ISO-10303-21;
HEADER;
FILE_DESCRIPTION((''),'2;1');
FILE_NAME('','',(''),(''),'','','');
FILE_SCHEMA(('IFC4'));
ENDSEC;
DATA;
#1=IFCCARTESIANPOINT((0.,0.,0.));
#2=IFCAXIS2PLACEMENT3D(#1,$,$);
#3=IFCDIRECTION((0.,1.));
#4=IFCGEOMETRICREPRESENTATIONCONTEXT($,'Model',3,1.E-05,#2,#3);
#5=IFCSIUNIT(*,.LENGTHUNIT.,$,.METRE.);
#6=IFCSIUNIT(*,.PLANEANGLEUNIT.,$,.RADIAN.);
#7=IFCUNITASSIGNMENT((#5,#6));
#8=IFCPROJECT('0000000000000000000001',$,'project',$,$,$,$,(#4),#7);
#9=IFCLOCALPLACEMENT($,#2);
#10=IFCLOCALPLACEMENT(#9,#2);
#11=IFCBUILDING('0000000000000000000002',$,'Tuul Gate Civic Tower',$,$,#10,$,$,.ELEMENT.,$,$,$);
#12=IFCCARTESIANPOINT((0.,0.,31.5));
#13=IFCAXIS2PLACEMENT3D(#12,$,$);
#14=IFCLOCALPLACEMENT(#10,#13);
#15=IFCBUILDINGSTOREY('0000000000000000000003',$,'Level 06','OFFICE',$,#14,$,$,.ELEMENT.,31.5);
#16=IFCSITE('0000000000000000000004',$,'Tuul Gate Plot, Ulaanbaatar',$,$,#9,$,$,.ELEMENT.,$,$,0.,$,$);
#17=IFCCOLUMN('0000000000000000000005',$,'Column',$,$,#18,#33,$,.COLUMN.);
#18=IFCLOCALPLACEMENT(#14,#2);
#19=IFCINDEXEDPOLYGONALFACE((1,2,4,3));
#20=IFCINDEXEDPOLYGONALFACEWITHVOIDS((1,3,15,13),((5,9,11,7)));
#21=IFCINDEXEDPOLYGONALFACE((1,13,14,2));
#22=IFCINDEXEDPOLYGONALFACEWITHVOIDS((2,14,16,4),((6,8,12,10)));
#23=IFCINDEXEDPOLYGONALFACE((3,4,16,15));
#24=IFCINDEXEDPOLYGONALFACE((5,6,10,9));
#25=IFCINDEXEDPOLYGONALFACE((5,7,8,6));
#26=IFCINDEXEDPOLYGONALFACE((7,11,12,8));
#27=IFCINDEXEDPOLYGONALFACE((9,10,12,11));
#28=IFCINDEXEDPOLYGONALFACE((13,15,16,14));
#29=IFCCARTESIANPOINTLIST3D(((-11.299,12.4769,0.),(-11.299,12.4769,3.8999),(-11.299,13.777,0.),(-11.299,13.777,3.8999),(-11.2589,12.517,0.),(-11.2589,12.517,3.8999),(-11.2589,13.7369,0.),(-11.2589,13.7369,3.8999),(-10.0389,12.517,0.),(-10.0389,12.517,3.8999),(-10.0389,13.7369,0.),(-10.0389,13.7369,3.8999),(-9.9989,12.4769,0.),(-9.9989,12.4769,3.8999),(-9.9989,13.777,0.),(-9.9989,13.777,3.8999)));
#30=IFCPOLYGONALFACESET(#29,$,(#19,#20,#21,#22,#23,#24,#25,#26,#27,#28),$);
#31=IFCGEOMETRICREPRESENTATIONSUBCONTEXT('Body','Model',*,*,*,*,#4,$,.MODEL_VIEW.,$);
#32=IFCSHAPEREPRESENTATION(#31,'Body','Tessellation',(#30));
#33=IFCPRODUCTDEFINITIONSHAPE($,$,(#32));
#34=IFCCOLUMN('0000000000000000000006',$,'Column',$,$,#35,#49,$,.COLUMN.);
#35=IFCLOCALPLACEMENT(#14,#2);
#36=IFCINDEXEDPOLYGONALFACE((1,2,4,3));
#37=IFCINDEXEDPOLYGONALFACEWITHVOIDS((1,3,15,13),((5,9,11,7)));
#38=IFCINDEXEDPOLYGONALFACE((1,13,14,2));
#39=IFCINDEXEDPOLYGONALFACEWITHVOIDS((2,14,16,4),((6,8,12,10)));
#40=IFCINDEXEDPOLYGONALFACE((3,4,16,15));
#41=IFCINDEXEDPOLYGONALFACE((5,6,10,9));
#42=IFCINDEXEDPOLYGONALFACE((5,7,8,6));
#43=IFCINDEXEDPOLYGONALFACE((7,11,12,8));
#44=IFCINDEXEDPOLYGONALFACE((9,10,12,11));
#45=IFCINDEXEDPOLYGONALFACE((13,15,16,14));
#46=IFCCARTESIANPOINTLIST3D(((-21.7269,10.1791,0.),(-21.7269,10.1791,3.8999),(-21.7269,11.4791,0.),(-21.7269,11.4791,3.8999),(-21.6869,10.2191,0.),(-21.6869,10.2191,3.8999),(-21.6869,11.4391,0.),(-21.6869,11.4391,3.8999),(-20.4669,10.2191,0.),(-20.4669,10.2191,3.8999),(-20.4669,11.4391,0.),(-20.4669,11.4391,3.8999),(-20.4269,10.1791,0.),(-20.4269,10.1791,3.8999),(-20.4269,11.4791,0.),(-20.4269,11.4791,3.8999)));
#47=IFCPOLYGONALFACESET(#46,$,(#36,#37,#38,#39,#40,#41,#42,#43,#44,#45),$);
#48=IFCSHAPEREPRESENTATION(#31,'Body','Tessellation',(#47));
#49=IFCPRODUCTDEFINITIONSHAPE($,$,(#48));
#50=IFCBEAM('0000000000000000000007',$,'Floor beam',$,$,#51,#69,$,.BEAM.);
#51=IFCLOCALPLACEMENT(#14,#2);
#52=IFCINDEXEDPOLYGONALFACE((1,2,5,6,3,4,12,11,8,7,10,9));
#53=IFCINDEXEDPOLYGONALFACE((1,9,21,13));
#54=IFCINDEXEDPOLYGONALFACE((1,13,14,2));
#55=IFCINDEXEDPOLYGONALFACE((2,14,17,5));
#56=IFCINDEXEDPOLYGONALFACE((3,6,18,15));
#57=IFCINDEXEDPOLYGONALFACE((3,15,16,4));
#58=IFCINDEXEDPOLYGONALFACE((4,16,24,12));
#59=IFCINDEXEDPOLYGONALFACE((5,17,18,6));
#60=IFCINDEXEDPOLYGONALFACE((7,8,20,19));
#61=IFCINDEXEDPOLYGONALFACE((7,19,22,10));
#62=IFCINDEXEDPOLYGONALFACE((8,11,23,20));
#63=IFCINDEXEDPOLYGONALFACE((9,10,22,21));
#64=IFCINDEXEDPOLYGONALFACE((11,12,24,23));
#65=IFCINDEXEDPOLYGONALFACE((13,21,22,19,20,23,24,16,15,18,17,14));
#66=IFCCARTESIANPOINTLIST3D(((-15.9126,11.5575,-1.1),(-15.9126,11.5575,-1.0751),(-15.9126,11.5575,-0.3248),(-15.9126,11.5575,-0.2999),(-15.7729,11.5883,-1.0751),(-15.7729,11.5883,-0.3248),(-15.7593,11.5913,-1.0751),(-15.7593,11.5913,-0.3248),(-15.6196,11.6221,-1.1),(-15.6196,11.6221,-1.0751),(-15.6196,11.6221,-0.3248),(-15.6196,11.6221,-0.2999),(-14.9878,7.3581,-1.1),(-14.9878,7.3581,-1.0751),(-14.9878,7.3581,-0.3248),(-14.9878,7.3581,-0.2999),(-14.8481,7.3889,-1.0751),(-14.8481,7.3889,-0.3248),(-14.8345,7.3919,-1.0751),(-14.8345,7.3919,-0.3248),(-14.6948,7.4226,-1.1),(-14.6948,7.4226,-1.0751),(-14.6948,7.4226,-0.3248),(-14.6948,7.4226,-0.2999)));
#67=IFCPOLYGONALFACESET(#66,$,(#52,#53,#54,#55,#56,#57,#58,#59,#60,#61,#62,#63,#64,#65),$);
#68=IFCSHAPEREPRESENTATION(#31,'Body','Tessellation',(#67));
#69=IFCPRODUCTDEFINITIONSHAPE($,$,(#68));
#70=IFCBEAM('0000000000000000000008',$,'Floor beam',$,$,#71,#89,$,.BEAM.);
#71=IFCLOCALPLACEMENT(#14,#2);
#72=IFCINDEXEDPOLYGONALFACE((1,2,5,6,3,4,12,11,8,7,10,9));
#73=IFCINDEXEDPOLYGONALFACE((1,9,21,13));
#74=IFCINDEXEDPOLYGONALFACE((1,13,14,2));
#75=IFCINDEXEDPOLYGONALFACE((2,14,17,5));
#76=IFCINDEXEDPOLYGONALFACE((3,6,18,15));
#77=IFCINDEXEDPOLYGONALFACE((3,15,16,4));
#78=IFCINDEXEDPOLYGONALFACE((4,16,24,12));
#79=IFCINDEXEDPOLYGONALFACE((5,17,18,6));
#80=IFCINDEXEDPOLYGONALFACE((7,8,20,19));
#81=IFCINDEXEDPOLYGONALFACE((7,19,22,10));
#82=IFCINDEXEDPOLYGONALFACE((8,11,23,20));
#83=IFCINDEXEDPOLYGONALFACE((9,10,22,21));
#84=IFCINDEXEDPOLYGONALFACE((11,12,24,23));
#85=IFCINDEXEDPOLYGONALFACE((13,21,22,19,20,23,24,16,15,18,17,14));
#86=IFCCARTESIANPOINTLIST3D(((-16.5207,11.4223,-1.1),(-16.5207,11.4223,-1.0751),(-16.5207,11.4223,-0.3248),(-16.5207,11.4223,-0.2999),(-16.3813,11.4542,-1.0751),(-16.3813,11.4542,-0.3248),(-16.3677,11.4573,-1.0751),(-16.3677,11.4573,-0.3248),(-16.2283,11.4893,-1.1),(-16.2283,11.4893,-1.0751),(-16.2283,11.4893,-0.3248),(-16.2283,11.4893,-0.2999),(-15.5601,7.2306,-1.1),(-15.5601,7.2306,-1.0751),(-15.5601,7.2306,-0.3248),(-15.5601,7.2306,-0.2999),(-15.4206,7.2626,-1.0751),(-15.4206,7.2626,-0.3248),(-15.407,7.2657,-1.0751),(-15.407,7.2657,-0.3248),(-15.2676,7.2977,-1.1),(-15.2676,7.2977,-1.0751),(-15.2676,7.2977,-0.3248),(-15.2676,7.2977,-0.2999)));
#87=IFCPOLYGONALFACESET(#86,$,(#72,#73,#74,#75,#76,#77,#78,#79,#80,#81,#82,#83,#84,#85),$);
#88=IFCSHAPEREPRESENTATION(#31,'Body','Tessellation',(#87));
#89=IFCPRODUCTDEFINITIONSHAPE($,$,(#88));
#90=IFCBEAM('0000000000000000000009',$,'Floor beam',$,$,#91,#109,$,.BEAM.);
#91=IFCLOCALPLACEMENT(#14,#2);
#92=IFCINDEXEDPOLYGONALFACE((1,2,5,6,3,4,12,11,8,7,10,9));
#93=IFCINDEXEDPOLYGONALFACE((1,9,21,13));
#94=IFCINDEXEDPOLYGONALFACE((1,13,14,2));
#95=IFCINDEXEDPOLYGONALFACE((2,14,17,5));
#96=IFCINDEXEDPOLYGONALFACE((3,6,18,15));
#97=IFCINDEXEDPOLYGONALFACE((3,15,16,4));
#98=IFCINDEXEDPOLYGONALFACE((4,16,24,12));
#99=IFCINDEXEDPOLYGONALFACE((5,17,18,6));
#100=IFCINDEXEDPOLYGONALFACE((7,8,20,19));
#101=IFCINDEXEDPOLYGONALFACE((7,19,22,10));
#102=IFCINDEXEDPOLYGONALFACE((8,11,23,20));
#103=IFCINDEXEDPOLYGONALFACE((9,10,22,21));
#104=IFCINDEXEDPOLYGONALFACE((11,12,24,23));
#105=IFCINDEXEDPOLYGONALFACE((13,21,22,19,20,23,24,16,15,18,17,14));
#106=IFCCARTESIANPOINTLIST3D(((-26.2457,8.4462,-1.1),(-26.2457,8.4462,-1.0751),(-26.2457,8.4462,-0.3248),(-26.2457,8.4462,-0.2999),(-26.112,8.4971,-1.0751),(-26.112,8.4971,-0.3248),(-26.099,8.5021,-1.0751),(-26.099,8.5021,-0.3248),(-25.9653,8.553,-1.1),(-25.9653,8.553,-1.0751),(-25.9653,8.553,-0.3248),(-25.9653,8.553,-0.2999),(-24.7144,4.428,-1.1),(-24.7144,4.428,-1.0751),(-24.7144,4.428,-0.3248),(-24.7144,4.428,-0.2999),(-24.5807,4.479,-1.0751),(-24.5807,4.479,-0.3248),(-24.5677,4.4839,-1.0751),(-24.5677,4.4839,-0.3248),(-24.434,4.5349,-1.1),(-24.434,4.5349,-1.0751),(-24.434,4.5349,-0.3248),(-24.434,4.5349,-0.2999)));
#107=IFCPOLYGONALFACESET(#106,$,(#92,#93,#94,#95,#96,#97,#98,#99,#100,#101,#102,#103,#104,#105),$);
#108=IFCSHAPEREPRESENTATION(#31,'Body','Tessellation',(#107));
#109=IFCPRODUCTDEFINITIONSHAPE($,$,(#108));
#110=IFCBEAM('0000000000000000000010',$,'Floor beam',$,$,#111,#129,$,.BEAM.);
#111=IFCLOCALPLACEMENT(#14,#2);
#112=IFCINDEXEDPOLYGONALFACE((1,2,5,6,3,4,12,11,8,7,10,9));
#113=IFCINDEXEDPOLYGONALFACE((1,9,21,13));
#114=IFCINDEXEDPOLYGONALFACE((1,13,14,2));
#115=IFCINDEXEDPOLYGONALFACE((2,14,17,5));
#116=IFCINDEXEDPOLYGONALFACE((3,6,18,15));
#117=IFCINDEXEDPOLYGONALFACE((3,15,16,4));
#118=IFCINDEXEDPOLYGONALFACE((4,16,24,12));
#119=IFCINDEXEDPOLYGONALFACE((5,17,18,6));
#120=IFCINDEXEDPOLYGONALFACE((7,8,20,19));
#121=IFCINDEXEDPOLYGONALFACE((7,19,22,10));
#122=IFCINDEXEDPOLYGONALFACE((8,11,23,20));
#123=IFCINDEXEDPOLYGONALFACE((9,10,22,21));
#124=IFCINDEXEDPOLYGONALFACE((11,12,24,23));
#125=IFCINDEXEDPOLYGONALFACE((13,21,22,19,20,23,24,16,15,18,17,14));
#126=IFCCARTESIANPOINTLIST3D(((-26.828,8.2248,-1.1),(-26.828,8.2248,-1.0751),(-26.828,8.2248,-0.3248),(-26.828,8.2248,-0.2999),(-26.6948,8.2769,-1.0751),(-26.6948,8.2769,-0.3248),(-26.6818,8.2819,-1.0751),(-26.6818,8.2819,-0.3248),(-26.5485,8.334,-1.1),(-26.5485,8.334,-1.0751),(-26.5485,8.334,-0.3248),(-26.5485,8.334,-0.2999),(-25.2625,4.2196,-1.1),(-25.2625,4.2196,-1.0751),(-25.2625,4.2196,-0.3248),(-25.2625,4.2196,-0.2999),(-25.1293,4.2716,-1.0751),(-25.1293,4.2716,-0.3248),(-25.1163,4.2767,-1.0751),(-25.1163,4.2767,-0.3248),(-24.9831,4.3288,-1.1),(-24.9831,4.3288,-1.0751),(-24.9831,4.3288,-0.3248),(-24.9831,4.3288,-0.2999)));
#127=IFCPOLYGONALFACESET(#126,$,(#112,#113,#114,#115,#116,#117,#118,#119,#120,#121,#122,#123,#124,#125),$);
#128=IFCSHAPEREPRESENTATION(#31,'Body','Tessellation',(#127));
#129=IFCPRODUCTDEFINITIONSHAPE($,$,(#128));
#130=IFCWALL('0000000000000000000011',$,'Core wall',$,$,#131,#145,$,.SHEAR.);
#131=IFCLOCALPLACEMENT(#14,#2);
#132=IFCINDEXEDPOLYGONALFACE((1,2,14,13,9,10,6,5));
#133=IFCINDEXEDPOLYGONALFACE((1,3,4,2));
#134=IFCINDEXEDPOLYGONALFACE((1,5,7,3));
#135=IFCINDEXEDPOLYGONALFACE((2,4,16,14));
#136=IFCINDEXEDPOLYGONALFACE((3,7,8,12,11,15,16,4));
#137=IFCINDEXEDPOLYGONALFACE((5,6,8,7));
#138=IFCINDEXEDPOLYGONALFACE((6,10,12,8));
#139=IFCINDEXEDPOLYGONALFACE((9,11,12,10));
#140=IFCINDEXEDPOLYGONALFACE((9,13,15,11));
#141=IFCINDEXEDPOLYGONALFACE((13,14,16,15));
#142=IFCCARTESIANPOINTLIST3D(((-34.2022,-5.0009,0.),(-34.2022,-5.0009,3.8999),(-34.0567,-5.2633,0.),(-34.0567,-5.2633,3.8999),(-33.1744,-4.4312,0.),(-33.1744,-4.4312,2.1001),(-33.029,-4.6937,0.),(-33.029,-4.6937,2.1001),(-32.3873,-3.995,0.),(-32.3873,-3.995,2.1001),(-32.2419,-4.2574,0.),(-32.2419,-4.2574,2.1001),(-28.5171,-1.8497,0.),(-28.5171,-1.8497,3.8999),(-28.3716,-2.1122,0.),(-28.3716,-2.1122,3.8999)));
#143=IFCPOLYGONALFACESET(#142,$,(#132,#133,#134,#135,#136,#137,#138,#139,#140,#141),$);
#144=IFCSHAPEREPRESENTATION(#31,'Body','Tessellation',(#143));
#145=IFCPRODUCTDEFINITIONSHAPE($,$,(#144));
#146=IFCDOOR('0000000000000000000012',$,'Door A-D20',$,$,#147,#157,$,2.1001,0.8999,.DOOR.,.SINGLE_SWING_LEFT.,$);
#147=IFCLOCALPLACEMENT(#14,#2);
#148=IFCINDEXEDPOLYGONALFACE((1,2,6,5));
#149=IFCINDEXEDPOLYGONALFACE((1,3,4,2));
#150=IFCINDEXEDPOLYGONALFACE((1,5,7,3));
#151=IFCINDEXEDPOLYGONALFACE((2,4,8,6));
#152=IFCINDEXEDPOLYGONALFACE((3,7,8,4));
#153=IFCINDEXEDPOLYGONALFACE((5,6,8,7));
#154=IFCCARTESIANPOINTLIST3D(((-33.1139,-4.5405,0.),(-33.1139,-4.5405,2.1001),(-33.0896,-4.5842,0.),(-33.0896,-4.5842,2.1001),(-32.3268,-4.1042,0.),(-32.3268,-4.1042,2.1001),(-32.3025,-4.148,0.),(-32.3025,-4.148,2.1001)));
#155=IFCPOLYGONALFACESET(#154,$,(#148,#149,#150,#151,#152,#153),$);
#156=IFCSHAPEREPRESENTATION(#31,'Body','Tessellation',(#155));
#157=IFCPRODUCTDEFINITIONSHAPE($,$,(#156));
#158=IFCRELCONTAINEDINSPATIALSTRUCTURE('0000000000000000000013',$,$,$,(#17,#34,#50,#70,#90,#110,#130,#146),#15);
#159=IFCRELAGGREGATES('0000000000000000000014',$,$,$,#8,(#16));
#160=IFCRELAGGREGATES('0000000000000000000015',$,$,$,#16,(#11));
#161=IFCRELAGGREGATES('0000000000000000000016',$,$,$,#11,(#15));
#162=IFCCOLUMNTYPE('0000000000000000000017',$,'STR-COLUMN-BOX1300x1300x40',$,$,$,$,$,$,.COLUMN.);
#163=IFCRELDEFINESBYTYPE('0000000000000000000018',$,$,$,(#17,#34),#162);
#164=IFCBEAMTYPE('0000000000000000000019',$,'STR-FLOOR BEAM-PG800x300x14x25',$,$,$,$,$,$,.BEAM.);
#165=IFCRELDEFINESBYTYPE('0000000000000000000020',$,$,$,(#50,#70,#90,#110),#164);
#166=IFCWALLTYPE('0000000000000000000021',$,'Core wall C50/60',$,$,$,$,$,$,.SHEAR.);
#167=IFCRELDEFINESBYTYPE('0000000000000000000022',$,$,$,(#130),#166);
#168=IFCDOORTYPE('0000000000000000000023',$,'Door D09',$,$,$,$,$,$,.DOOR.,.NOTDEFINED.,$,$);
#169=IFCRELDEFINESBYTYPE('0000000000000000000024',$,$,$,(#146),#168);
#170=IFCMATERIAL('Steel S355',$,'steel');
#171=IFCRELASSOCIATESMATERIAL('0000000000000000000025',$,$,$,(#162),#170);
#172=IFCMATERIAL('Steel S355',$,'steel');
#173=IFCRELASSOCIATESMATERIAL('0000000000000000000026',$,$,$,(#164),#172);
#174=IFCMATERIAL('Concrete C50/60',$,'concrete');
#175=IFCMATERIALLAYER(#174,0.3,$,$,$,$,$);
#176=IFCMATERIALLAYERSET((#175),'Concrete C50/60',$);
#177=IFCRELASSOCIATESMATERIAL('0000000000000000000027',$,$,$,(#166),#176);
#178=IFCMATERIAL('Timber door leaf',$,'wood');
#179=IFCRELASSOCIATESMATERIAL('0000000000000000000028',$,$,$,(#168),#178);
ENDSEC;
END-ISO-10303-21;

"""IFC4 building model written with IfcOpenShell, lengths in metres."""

from ifc_helpers import new_model, si_unit, direction, frame, frame_2d, origin, origin_2d, place, context, subcontext, project, spatial, rectangle, hollow_rectangle, i_section, extrude, material, layer, layer_set, material_profile, profile_set, type_object, element, fill, save


model = new_model("IFC4")

# Units and contexts
model_context = context("Model", 3, precision=1e-05, world=origin(), true_north=direction((0.0, 1.0)))
body_context = subcontext(model_context, "Body", "Model", "MODEL_VIEW")
ifc_project = project(units=[si_unit("LENGTHUNIT", "METRE"), si_unit("PLANEANGLEUNIT", "RADIAN")], contexts=[model_context])

# Site, building, storey
site_placement = place(None, origin())
site = spatial("IfcSite", under=ifc_project, at=site_placement, Name="Tuul Gate Plot, Ulaanbaatar", CompositionType="ELEMENT", RefElevation=0.0)
building_placement = place(site_placement, origin())
building = spatial("IfcBuilding", under=site, at=building_placement, Name="Tuul Gate Civic Tower", CompositionType="ELEMENT")
storey_placement = place(building_placement, frame((0.0, 0.0, 31.5)))
storey = spatial("IfcBuildingStorey", under=building, at=storey_placement, Name="Level 06", Description="OFFICE", CompositionType="ELEMENT", Elevation=31.5)

# Columns
ifc_material_1 = material(Name="Steel S355", Category="steel")
ifc_material_profile_1 = material_profile(ifc_material_1, hollow_rectangle(XDim=1.3, YDim=1.3, WallThickness=0.04, at=origin_2d()), Name="BOX1300x1300x40")
ifc_profile_set_1 = profile_set([ifc_material_profile_1], Name="Steel S355")
column_type = type_object("IfcColumnType", Name="STR-COLUMN-BOX1300x1300x40", PredefinedType="COLUMN", material=ifc_profile_set_1)
for number, where, z_axis, x_axis, name in (
    (1, (-10.6489, 13.127, 0.0), (0.0, 0.0, 1.0), (1.0, 0.0, 0.0), "Column"),
    (2, (-21.0769, 10.8291, 0.0), (0.0, 0.0, 1.0), (1.0, 0.0, 0.0), "Column"),
):
    element("IfcColumn", number, at=place(storey_placement, frame(where, z_axis=z_axis, x_axis=x_axis)), inside=storey, type_object=column_type, Name=name, PredefinedType="COLUMN", context=body_context, shape_type="SweptSolid", body=[
        extrude(hollow_rectangle(XDim=1.3, YDim=1.3, WallThickness=0.04, at=origin_2d()), origin(), (0.0, 0.0, 1.0), 3.8999),
    ])

# Beams
ifc_material_2 = material(Name="Steel S355", Category="steel")
ifc_material_profile_2 = material_profile(ifc_material_2, i_section(OverallWidth=0.3, OverallDepth=0.8, WebThickness=0.0139, FlangeThickness=0.0249, at=origin_2d()), Name="PG800x300x14x25")
ifc_profile_set_2 = profile_set([ifc_material_profile_2], Name="Steel S355")
beam_type = type_object("IfcBeamType", Name="STR-FLOOR BEAM-PG800x300x14x25", PredefinedType="BEAM", material=ifc_profile_set_2)
beam_1_placement = place(storey_placement, frame((-14.8413, 7.3904, -0.7), z_axis=(-0.215066, 0.976599, 0.0), x_axis=(-0.976599, -0.215066, 0.0)))
element("IfcBeam", 3, at=beam_1_placement, inside=storey, type_object=beam_type, Name="Floor beam", PredefinedType="BEAM", context=body_context, shape_type="SweptSolid", body=[
    extrude(i_section(OverallWidth=0.3, OverallDepth=0.8, WebThickness=0.0139, FlangeThickness=0.0249, at=origin_2d()), origin(), (0.0, 0.0, 1.0), 4.3),
])
beam_2_placement = place(storey_placement, frame((-15.4138, 7.2642, -0.7), z_axis=(-0.2234, 0.974727, 0.0), x_axis=(-0.974727, -0.2234, 0.0)))
element("IfcBeam", 4, at=beam_2_placement, inside=storey, type_object=beam_type, Name="Floor beam", PredefinedType="BEAM", context=body_context, shape_type="SweptSolid", body=[
    extrude(i_section(OverallWidth=0.3, OverallDepth=0.8, WebThickness=0.0139, FlangeThickness=0.0249, at=origin_2d()), origin(), (0.0, 0.0, 1.0), 4.3003),
])
beam_3_placement = place(storey_placement, frame((-24.5742, 4.4814, -0.7), z_axis=(-0.356109, 0.934445, 0.0), x_axis=(-0.934445, -0.356109, 0.0)))
element("IfcBeam", 5, at=beam_3_placement, inside=storey, type_object=beam_type, Name="Floor beam", PredefinedType="BEAM", context=body_context, shape_type="SweptSolid", body=[
    extrude(i_section(OverallWidth=0.3, OverallDepth=0.8, WebThickness=0.0139, FlangeThickness=0.0249, at=origin_2d()), origin(), (0.0, 0.0, 1.0), 4.3),
])
beam_4_placement = place(storey_placement, frame((-25.1228, 4.2742, -0.7), z_axis=(-0.364038, 0.931384, 0.0), x_axis=(-0.931384, -0.364038, 0.0)))
element("IfcBeam", 6, at=beam_4_placement, inside=storey, type_object=beam_type, Name="Floor beam", PredefinedType="BEAM", context=body_context, shape_type="SweptSolid", body=[
    extrude(i_section(OverallWidth=0.3, OverallDepth=0.8, WebThickness=0.0139, FlangeThickness=0.0249, at=origin_2d()), origin(), (0.0, 0.0, 1.0), 4.3003),
])

# Wall, opening, door
ifc_material_3 = material(Name="Concrete C50/60", Category="concrete")
ifc_layer_1 = layer(ifc_material_3, 0.3)
ifc_layer_set_1 = layer_set([ifc_layer_1], Name="Concrete C50/60")
wall_type_1 = type_object("IfcWallType", Name="Core wall C50/60", PredefinedType="SHEAR", material=ifc_layer_set_1)
wall_1_placement = place(storey_placement, frame((-28.4443, -1.981, 0.0), z_axis=(0.0, 0.0, 1.0), x_axis=(-0.87463, -0.484791, 0.0)))
wall_1 = element("IfcWall", 7, at=wall_1_placement, inside=storey, type_object=wall_type_1, Name="Core wall", PredefinedType="SHEAR", context=body_context, shape_type="SweptSolid", body=[
    extrude(rectangle(XDim=6.5, YDim=0.3, at=frame_2d((3.25, 0.0))), origin(), (0.0, 0.0, 1.0), 3.8999),
])
opening_1_placement = place(wall_1_placement, frame((4.425, 0.0, 0.0)))
opening_1 = element("IfcOpeningElement", 8, at=opening_1_placement, cuts=wall_1, PredefinedType="OPENING", context=body_context, shape_type="SweptSolid", body=[
    extrude(rectangle(XDim=0.8999, YDim=2.1001, at=frame_2d((0.45, 1.05))), frame((0.0, 0.1602, 0.0), z_axis=(0.0, -1.0, 0.0), x_axis=(1.0, 0.0, 0.0)), (0.0, 0.0, 1.0), 0.3201),
])
ifc_material_4 = material(Name="Timber door leaf", Category="wood")
door_type_1 = type_object("IfcDoorType", Name="Door D09", OperationType="NOTDEFINED", PredefinedType="DOOR", material=ifc_material_4)
door_1_placement = place(opening_1_placement, origin())
door_1 = element("IfcDoor", 9, at=door_1_placement, inside=storey, type_object=door_type_1, Name="Door A-D20", OperationType="SINGLE_SWING_LEFT", OverallHeight=2.1001, OverallWidth=0.8999, PredefinedType="DOOR", context=body_context, shape_type="SweptSolid", body=[
    extrude(rectangle(XDim=0.8999, YDim=2.1001, at=frame_2d((0.45, 1.05))), frame((0.0, 0.0249, 0.0), z_axis=(0.0, -1.0, 0.0), x_axis=(1.0, 0.0, 0.0)), (0.0, 0.0, 1.0), 0.05),
])
fill(opening_1, door_1)

save(model, "model.ifc")
